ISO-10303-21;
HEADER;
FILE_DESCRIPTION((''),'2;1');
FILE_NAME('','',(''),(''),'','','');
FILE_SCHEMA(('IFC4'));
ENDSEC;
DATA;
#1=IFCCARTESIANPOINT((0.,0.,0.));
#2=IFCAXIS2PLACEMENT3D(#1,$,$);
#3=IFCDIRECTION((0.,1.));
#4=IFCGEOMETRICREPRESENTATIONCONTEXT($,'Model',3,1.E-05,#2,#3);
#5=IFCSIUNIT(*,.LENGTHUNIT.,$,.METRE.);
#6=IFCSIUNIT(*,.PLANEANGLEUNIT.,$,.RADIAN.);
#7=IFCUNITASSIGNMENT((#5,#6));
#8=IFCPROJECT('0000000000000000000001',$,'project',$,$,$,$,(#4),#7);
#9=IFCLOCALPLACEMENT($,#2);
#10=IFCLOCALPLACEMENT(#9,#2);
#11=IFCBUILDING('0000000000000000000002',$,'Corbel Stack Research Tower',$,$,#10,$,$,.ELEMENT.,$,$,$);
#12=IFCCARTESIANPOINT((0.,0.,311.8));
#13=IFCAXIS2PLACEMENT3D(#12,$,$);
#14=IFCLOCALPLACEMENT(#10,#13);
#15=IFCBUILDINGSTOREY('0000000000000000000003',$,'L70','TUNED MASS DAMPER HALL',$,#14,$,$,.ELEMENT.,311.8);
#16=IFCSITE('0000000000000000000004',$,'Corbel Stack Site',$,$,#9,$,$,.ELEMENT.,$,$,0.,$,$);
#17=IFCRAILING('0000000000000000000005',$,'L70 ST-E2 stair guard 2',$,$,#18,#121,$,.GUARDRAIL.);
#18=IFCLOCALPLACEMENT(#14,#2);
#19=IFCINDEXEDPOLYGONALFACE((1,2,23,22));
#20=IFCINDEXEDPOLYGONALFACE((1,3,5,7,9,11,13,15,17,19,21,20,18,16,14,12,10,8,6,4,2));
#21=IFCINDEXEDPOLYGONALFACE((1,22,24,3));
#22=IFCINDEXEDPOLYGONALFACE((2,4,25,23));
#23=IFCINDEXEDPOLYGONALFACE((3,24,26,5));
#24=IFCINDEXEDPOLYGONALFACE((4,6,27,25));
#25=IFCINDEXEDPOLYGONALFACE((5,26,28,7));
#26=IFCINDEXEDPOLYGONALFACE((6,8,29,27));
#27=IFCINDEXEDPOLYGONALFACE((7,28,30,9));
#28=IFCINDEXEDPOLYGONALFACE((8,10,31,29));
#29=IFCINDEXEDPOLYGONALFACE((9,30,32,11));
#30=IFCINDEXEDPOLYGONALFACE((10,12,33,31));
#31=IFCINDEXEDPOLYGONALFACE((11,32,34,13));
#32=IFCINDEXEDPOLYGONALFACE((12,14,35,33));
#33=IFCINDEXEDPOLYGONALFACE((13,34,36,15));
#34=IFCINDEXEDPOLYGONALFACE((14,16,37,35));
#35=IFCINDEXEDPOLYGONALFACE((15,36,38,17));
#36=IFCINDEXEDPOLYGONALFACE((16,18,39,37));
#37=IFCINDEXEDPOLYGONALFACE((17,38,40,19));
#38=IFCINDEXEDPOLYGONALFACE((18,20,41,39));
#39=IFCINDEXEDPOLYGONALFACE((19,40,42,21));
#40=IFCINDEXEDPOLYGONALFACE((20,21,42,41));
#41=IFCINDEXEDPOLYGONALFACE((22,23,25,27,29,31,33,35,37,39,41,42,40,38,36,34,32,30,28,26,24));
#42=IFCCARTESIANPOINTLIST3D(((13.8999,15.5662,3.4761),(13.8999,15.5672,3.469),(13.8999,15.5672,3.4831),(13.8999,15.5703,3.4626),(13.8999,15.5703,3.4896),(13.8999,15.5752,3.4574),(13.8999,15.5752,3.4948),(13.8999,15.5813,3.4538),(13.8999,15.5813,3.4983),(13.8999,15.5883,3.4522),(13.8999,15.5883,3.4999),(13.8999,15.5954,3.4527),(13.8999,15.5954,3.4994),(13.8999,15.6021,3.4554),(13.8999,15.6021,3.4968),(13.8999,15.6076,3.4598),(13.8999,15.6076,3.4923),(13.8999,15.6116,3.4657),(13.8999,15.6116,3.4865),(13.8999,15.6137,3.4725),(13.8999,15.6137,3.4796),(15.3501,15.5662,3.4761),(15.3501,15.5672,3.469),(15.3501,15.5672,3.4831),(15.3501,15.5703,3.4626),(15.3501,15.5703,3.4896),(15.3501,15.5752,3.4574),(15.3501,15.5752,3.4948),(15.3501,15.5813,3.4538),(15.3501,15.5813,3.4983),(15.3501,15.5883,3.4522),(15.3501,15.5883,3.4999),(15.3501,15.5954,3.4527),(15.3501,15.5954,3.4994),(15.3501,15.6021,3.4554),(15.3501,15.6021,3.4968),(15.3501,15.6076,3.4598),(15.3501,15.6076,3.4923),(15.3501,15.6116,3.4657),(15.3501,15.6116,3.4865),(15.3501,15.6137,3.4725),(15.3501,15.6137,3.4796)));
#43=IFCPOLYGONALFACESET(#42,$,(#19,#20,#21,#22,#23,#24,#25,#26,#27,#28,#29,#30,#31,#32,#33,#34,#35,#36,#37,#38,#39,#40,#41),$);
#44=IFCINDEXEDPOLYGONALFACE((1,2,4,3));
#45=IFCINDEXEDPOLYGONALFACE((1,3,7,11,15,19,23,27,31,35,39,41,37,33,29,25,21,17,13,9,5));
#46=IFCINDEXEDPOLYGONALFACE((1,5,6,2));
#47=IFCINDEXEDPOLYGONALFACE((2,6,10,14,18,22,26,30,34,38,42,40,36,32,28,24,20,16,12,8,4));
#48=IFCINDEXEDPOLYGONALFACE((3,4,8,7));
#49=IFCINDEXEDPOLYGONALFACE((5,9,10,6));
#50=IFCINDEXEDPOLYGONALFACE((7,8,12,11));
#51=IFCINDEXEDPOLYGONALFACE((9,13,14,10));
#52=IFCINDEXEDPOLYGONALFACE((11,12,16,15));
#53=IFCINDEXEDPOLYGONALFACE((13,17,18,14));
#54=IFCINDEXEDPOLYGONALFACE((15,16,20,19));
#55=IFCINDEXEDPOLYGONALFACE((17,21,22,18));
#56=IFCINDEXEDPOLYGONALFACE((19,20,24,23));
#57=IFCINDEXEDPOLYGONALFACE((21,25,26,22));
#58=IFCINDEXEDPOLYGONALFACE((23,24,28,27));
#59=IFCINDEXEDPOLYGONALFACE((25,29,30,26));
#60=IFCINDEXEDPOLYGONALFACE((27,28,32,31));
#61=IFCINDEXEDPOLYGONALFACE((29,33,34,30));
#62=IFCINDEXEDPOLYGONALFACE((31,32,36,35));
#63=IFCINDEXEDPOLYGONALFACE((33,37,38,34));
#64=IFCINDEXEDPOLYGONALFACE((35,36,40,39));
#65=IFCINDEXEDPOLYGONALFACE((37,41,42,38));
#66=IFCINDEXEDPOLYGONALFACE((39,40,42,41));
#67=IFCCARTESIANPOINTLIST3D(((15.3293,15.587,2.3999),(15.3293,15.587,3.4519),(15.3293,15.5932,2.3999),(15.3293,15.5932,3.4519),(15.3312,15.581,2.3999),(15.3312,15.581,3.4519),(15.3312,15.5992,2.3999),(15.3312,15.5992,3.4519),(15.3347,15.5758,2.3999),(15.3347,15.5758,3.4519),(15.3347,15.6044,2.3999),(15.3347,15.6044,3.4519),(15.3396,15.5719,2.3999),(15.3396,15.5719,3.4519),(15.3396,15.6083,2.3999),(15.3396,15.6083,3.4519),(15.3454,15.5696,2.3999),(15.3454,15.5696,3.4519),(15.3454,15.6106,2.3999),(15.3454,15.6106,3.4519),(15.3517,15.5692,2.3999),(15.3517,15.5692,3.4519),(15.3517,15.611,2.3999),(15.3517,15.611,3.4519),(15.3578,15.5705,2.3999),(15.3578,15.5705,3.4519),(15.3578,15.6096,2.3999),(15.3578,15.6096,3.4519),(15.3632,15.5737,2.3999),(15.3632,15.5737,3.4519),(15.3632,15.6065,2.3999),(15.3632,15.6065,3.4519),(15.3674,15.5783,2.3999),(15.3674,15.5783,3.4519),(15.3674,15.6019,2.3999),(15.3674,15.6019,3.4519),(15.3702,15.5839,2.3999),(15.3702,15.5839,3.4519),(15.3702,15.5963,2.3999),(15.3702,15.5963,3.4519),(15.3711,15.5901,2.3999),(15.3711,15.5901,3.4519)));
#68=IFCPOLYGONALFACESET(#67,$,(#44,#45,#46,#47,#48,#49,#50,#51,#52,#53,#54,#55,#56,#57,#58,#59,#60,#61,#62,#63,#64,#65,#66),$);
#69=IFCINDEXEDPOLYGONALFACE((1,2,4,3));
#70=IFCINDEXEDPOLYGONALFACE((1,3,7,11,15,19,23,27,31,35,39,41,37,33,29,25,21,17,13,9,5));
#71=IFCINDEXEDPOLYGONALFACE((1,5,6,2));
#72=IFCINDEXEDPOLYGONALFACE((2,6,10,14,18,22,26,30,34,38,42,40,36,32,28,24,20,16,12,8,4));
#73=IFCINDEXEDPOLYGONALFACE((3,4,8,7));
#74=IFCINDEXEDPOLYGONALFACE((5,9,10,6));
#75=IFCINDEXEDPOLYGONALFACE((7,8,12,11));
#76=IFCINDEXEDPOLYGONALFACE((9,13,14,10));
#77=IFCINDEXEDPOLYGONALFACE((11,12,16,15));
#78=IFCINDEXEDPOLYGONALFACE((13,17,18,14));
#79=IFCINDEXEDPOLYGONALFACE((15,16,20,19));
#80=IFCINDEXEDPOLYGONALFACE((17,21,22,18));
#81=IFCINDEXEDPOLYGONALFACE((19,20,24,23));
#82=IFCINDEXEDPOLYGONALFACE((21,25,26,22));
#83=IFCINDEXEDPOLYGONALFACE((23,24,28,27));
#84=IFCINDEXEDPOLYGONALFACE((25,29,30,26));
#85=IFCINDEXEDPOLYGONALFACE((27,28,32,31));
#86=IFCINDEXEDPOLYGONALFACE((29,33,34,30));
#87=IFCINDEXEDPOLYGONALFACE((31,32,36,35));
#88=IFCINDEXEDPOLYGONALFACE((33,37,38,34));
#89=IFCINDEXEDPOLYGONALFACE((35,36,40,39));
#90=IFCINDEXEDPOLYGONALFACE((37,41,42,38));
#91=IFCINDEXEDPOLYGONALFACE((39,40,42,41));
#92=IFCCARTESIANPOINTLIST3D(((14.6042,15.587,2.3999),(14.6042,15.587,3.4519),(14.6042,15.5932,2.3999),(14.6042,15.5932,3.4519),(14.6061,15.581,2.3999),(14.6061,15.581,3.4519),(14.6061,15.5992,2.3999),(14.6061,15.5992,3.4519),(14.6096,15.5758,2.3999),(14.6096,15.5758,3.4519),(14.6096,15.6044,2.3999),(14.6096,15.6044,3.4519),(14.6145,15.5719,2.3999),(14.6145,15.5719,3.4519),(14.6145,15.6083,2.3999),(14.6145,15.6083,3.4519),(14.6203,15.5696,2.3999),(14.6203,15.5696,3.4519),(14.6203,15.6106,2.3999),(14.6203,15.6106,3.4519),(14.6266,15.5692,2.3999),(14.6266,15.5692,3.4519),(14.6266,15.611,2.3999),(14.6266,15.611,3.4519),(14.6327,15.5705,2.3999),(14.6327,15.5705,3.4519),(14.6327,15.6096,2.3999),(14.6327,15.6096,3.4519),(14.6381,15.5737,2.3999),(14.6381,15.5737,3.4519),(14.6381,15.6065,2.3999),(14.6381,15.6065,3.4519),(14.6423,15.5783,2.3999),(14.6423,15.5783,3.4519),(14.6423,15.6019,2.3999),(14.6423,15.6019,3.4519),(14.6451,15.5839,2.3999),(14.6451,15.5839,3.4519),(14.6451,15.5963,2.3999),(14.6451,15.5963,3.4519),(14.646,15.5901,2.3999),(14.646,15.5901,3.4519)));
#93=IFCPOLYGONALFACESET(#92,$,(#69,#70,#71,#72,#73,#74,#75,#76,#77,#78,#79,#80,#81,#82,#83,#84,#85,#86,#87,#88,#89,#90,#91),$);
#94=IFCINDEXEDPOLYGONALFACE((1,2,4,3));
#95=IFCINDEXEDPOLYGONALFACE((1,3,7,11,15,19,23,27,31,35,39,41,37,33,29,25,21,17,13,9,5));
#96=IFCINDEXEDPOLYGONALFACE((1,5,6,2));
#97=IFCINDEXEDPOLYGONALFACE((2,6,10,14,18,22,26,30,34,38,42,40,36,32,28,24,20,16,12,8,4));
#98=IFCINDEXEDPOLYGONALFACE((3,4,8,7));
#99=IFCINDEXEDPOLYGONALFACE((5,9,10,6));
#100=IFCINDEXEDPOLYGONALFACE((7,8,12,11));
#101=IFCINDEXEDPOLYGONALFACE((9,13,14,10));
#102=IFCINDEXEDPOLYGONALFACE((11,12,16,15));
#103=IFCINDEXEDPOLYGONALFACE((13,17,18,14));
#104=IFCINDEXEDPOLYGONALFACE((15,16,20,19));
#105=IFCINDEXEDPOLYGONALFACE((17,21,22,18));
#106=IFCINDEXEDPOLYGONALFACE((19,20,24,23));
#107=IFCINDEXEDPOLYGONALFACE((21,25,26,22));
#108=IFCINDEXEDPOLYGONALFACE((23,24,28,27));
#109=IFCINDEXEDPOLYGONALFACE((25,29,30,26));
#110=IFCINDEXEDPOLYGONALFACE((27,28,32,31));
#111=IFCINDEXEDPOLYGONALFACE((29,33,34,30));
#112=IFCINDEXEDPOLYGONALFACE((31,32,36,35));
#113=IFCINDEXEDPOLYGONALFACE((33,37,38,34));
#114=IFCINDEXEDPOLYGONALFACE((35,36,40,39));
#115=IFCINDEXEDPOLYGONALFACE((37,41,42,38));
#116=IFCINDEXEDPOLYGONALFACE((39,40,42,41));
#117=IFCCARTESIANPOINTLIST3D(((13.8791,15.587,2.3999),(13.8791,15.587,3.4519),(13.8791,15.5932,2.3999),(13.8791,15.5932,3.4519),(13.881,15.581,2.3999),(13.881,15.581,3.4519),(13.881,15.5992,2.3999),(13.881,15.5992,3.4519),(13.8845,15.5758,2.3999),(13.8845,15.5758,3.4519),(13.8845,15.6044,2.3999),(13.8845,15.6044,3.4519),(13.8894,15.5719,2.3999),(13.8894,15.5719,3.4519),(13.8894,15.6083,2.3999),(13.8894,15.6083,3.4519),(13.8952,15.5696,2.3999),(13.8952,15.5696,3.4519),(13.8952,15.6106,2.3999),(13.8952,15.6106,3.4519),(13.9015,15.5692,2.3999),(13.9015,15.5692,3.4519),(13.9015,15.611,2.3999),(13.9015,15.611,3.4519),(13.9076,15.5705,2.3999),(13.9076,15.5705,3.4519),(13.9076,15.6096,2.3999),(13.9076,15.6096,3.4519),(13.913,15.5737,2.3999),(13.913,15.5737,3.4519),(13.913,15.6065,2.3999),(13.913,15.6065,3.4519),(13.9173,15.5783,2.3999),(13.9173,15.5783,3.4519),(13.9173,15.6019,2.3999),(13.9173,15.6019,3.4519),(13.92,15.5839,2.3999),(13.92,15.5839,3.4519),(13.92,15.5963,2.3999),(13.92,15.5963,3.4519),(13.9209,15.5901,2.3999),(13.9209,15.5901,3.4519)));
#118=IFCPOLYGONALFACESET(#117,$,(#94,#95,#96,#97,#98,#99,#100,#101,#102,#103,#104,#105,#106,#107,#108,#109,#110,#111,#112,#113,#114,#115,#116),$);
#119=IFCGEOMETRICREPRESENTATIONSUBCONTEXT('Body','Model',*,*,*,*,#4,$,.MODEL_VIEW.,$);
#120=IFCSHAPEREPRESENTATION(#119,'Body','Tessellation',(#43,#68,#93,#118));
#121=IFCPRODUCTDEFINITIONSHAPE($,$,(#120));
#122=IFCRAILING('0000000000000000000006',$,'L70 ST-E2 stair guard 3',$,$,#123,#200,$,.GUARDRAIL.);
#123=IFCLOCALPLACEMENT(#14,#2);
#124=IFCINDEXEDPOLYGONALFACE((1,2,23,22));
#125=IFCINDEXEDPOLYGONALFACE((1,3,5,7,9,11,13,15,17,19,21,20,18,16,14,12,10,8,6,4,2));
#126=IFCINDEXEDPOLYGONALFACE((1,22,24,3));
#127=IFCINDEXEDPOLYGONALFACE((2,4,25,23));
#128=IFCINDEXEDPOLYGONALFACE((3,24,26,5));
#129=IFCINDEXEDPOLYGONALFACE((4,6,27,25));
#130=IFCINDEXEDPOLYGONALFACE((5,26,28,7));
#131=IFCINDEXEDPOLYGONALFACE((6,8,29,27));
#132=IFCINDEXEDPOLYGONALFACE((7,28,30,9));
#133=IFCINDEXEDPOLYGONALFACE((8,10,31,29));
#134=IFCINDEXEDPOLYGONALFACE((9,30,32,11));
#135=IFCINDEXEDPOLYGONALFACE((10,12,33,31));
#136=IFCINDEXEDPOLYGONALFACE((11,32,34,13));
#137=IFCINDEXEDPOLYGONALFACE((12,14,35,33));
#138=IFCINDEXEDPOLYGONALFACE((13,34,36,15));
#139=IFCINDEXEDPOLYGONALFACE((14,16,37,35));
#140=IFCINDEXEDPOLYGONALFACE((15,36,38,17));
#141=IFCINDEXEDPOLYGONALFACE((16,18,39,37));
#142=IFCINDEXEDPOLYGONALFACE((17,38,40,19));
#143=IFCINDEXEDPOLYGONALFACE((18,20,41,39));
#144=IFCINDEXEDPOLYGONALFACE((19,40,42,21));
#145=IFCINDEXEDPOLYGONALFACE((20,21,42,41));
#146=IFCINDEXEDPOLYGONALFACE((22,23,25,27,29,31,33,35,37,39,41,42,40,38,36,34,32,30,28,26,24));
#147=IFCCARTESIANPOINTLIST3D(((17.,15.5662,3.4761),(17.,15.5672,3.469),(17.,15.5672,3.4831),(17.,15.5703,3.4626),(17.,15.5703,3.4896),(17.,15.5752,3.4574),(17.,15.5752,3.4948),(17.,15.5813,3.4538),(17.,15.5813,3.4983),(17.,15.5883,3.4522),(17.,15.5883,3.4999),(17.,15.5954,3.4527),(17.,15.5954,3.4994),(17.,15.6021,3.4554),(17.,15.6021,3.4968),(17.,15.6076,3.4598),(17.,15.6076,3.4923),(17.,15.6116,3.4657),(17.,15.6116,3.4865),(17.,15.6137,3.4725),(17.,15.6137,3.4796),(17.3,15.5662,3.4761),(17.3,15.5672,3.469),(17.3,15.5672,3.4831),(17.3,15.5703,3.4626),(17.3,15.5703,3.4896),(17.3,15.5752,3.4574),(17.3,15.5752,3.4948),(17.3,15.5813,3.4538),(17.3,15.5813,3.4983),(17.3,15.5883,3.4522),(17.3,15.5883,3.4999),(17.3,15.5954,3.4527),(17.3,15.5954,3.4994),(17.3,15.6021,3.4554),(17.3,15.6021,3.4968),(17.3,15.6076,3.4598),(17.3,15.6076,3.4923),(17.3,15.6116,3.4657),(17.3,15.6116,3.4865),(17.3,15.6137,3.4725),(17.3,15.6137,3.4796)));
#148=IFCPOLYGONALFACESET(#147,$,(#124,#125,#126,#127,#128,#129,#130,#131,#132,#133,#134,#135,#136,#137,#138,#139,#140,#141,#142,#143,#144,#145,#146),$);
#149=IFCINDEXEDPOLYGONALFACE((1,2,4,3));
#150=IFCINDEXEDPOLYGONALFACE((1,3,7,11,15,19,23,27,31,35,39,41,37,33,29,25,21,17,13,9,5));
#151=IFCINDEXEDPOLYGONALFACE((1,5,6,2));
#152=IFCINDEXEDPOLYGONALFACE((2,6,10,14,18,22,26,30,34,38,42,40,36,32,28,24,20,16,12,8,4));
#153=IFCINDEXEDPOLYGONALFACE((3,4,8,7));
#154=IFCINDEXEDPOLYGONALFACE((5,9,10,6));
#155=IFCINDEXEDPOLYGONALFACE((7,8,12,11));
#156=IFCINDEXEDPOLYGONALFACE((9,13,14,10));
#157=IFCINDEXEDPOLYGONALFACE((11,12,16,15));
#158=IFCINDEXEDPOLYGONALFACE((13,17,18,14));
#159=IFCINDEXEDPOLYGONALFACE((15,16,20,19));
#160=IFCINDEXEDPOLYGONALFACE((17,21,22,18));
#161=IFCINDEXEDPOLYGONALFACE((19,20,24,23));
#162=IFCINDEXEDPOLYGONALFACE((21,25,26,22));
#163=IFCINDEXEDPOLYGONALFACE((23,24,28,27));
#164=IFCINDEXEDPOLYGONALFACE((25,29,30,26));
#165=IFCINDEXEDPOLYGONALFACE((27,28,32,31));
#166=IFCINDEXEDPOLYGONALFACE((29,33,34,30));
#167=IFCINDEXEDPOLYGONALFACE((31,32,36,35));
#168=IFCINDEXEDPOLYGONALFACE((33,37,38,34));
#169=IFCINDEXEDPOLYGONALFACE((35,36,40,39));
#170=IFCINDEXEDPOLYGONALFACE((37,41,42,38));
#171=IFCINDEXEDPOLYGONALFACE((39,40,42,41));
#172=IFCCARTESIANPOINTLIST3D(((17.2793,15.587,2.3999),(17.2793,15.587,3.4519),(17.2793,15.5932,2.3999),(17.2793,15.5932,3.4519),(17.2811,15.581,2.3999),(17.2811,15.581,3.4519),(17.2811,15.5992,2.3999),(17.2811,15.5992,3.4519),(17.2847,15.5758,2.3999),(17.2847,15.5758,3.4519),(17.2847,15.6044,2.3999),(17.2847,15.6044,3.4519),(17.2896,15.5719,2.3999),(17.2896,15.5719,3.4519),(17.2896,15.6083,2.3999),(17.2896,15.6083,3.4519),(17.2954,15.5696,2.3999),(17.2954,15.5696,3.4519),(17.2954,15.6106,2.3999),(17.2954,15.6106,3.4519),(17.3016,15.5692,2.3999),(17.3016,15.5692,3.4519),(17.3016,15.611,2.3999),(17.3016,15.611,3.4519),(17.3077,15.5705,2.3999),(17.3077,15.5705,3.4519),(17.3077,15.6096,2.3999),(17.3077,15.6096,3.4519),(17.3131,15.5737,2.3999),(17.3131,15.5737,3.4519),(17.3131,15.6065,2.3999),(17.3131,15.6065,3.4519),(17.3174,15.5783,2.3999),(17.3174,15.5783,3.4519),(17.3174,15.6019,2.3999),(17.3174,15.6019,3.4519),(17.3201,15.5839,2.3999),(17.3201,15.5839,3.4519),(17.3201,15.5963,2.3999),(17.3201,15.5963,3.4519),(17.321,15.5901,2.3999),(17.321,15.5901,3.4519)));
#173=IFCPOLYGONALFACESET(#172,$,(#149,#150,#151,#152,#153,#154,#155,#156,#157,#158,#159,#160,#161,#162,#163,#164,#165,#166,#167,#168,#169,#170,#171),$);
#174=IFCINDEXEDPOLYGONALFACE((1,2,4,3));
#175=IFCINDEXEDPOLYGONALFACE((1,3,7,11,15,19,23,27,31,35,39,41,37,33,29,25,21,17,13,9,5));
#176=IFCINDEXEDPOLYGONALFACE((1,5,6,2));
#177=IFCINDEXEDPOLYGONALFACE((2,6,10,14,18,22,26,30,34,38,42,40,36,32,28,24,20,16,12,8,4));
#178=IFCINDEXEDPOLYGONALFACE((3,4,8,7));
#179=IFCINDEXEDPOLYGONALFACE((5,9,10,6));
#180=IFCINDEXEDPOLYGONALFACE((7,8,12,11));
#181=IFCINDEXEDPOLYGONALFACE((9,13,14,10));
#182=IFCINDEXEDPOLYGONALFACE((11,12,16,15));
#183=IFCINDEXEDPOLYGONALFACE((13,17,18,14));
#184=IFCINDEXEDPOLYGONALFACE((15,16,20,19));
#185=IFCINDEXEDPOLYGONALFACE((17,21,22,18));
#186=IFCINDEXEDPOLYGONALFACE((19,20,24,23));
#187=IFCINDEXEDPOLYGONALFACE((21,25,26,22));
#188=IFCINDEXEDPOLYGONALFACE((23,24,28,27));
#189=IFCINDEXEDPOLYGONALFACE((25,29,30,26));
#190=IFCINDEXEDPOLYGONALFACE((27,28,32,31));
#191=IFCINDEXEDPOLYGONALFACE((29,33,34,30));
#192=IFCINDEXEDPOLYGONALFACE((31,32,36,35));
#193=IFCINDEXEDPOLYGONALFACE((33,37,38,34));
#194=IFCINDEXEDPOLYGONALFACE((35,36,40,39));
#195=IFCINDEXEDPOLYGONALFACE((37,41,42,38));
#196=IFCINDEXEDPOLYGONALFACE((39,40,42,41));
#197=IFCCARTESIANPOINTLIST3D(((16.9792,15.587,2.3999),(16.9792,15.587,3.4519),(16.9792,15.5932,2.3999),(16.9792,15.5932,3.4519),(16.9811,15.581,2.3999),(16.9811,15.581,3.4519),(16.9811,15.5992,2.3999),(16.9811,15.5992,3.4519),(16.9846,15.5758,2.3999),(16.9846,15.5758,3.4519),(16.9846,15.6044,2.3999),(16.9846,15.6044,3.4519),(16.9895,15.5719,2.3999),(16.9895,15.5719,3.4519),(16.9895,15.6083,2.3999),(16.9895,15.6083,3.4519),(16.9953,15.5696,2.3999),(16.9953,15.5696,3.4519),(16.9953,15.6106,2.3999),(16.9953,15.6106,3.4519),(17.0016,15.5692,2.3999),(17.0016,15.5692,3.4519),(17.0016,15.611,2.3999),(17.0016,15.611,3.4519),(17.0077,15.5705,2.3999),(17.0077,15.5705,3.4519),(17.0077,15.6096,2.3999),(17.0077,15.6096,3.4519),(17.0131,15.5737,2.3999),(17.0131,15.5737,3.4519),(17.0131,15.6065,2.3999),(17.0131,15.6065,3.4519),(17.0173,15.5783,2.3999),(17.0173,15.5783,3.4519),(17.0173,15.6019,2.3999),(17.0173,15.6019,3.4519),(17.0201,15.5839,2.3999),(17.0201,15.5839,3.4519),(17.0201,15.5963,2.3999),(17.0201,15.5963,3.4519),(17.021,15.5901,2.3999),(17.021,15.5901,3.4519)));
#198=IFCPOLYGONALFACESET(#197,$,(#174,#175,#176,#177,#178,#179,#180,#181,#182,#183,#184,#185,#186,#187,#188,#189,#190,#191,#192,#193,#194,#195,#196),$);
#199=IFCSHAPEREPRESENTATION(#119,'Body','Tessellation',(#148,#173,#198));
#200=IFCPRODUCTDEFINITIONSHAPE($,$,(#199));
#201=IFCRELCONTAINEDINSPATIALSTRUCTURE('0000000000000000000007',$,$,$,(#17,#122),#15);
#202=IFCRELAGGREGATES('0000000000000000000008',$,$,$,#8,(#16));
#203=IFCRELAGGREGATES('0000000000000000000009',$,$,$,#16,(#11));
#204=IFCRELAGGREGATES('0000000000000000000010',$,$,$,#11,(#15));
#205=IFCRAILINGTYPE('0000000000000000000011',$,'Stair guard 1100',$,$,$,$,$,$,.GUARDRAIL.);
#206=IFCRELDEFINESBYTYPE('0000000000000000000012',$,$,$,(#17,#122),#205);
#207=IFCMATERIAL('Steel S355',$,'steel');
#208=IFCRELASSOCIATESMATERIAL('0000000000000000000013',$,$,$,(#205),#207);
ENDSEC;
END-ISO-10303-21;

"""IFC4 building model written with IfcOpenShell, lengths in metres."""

from ifc_helpers import new_model, si_unit, direction, frame, origin, origin_2d, place, context, subcontext, project, spatial, circle, extrude, material, type_object, element, save


model = new_model("IFC4")

# Units and contexts
model_context = context("Model", 3, precision=1e-05, world=origin(), true_north=direction((0.0, 1.0)))
body_context = subcontext(model_context, "Body", "Model", "MODEL_VIEW")
ifc_project = project(units=[si_unit("LENGTHUNIT", "METRE"), si_unit("PLANEANGLEUNIT", "RADIAN")], contexts=[model_context])

# Site, building, storey
site_placement = place(None, origin())
site = spatial("IfcSite", under=ifc_project, at=site_placement, Name="Corbel Stack Site", CompositionType="ELEMENT", RefElevation=0.0)
building_placement = place(site_placement, origin())
building = spatial("IfcBuilding", under=site, at=building_placement, Name="Corbel Stack Research Tower", CompositionType="ELEMENT")
storey_placement = place(building_placement, frame((0.0, 0.0, 311.8)))
storey = spatial("IfcBuildingStorey", under=building, at=storey_placement, Name="L70", Description="TUNED MASS DAMPER HALL", CompositionType="ELEMENT", Elevation=311.8)

# Railings
ifc_material_1 = material(Name="Steel S355", Category="steel")
railing_type_1 = type_object("IfcRailingType", Name="Stair guard 1100", PredefinedType="GUARDRAIL", material=ifc_material_1)
railing_1_placement = place(storey_placement, frame((15.3501, 15.5901, 2.3999)))
element("IfcRailing", 1, at=railing_1_placement, inside=storey, type_object=railing_type_1, Name="L70 ST-E2 stair guard 2", PredefinedType="GUARDRAIL", context=body_context, shape_type="SweptSolid", body=[
    extrude(circle(Radius=0.0239, at=origin_2d()), frame((0.0, 0.0, 1.0762), z_axis=(-1.0, 0.0, 0.0), x_axis=(0.0, -1.0, 0.0)), (0.0, 0.0, 1.0), 1.4502),
    extrude(circle(Radius=0.021, at=origin_2d()), origin(), (0.0, 0.0, 1.0), 1.052),
    extrude(circle(Radius=0.021, at=origin_2d()), frame((-0.7251, 0.0, 0.0)), (0.0, 0.0, 1.0), 1.052),
    extrude(circle(Radius=0.021, at=origin_2d()), frame((-1.4502, 0.0, 0.0)), (0.0, 0.0, 1.0), 1.052),
])
railing_2_placement = place(storey_placement, frame((17.3, 15.5901, 2.3999)))
element("IfcRailing", 2, at=railing_2_placement, inside=storey, type_object=railing_type_1, Name="L70 ST-E2 stair guard 3", PredefinedType="GUARDRAIL", context=body_context, shape_type="SweptSolid", body=[
    extrude(circle(Radius=0.0239, at=origin_2d()), frame((0.0, 0.0, 1.0762), z_axis=(-1.0, 0.0, 0.0), x_axis=(0.0, -1.0, 0.0)), (0.0, 0.0, 1.0), 0.3),
    extrude(circle(Radius=0.021, at=origin_2d()), origin(), (0.0, 0.0, 1.0), 1.052),
    extrude(circle(Radius=0.021, at=origin_2d()), frame((-0.3, 0.0, 0.0)), (0.0, 0.0, 1.0), 1.052),
])

save(model, "model.ifc")
